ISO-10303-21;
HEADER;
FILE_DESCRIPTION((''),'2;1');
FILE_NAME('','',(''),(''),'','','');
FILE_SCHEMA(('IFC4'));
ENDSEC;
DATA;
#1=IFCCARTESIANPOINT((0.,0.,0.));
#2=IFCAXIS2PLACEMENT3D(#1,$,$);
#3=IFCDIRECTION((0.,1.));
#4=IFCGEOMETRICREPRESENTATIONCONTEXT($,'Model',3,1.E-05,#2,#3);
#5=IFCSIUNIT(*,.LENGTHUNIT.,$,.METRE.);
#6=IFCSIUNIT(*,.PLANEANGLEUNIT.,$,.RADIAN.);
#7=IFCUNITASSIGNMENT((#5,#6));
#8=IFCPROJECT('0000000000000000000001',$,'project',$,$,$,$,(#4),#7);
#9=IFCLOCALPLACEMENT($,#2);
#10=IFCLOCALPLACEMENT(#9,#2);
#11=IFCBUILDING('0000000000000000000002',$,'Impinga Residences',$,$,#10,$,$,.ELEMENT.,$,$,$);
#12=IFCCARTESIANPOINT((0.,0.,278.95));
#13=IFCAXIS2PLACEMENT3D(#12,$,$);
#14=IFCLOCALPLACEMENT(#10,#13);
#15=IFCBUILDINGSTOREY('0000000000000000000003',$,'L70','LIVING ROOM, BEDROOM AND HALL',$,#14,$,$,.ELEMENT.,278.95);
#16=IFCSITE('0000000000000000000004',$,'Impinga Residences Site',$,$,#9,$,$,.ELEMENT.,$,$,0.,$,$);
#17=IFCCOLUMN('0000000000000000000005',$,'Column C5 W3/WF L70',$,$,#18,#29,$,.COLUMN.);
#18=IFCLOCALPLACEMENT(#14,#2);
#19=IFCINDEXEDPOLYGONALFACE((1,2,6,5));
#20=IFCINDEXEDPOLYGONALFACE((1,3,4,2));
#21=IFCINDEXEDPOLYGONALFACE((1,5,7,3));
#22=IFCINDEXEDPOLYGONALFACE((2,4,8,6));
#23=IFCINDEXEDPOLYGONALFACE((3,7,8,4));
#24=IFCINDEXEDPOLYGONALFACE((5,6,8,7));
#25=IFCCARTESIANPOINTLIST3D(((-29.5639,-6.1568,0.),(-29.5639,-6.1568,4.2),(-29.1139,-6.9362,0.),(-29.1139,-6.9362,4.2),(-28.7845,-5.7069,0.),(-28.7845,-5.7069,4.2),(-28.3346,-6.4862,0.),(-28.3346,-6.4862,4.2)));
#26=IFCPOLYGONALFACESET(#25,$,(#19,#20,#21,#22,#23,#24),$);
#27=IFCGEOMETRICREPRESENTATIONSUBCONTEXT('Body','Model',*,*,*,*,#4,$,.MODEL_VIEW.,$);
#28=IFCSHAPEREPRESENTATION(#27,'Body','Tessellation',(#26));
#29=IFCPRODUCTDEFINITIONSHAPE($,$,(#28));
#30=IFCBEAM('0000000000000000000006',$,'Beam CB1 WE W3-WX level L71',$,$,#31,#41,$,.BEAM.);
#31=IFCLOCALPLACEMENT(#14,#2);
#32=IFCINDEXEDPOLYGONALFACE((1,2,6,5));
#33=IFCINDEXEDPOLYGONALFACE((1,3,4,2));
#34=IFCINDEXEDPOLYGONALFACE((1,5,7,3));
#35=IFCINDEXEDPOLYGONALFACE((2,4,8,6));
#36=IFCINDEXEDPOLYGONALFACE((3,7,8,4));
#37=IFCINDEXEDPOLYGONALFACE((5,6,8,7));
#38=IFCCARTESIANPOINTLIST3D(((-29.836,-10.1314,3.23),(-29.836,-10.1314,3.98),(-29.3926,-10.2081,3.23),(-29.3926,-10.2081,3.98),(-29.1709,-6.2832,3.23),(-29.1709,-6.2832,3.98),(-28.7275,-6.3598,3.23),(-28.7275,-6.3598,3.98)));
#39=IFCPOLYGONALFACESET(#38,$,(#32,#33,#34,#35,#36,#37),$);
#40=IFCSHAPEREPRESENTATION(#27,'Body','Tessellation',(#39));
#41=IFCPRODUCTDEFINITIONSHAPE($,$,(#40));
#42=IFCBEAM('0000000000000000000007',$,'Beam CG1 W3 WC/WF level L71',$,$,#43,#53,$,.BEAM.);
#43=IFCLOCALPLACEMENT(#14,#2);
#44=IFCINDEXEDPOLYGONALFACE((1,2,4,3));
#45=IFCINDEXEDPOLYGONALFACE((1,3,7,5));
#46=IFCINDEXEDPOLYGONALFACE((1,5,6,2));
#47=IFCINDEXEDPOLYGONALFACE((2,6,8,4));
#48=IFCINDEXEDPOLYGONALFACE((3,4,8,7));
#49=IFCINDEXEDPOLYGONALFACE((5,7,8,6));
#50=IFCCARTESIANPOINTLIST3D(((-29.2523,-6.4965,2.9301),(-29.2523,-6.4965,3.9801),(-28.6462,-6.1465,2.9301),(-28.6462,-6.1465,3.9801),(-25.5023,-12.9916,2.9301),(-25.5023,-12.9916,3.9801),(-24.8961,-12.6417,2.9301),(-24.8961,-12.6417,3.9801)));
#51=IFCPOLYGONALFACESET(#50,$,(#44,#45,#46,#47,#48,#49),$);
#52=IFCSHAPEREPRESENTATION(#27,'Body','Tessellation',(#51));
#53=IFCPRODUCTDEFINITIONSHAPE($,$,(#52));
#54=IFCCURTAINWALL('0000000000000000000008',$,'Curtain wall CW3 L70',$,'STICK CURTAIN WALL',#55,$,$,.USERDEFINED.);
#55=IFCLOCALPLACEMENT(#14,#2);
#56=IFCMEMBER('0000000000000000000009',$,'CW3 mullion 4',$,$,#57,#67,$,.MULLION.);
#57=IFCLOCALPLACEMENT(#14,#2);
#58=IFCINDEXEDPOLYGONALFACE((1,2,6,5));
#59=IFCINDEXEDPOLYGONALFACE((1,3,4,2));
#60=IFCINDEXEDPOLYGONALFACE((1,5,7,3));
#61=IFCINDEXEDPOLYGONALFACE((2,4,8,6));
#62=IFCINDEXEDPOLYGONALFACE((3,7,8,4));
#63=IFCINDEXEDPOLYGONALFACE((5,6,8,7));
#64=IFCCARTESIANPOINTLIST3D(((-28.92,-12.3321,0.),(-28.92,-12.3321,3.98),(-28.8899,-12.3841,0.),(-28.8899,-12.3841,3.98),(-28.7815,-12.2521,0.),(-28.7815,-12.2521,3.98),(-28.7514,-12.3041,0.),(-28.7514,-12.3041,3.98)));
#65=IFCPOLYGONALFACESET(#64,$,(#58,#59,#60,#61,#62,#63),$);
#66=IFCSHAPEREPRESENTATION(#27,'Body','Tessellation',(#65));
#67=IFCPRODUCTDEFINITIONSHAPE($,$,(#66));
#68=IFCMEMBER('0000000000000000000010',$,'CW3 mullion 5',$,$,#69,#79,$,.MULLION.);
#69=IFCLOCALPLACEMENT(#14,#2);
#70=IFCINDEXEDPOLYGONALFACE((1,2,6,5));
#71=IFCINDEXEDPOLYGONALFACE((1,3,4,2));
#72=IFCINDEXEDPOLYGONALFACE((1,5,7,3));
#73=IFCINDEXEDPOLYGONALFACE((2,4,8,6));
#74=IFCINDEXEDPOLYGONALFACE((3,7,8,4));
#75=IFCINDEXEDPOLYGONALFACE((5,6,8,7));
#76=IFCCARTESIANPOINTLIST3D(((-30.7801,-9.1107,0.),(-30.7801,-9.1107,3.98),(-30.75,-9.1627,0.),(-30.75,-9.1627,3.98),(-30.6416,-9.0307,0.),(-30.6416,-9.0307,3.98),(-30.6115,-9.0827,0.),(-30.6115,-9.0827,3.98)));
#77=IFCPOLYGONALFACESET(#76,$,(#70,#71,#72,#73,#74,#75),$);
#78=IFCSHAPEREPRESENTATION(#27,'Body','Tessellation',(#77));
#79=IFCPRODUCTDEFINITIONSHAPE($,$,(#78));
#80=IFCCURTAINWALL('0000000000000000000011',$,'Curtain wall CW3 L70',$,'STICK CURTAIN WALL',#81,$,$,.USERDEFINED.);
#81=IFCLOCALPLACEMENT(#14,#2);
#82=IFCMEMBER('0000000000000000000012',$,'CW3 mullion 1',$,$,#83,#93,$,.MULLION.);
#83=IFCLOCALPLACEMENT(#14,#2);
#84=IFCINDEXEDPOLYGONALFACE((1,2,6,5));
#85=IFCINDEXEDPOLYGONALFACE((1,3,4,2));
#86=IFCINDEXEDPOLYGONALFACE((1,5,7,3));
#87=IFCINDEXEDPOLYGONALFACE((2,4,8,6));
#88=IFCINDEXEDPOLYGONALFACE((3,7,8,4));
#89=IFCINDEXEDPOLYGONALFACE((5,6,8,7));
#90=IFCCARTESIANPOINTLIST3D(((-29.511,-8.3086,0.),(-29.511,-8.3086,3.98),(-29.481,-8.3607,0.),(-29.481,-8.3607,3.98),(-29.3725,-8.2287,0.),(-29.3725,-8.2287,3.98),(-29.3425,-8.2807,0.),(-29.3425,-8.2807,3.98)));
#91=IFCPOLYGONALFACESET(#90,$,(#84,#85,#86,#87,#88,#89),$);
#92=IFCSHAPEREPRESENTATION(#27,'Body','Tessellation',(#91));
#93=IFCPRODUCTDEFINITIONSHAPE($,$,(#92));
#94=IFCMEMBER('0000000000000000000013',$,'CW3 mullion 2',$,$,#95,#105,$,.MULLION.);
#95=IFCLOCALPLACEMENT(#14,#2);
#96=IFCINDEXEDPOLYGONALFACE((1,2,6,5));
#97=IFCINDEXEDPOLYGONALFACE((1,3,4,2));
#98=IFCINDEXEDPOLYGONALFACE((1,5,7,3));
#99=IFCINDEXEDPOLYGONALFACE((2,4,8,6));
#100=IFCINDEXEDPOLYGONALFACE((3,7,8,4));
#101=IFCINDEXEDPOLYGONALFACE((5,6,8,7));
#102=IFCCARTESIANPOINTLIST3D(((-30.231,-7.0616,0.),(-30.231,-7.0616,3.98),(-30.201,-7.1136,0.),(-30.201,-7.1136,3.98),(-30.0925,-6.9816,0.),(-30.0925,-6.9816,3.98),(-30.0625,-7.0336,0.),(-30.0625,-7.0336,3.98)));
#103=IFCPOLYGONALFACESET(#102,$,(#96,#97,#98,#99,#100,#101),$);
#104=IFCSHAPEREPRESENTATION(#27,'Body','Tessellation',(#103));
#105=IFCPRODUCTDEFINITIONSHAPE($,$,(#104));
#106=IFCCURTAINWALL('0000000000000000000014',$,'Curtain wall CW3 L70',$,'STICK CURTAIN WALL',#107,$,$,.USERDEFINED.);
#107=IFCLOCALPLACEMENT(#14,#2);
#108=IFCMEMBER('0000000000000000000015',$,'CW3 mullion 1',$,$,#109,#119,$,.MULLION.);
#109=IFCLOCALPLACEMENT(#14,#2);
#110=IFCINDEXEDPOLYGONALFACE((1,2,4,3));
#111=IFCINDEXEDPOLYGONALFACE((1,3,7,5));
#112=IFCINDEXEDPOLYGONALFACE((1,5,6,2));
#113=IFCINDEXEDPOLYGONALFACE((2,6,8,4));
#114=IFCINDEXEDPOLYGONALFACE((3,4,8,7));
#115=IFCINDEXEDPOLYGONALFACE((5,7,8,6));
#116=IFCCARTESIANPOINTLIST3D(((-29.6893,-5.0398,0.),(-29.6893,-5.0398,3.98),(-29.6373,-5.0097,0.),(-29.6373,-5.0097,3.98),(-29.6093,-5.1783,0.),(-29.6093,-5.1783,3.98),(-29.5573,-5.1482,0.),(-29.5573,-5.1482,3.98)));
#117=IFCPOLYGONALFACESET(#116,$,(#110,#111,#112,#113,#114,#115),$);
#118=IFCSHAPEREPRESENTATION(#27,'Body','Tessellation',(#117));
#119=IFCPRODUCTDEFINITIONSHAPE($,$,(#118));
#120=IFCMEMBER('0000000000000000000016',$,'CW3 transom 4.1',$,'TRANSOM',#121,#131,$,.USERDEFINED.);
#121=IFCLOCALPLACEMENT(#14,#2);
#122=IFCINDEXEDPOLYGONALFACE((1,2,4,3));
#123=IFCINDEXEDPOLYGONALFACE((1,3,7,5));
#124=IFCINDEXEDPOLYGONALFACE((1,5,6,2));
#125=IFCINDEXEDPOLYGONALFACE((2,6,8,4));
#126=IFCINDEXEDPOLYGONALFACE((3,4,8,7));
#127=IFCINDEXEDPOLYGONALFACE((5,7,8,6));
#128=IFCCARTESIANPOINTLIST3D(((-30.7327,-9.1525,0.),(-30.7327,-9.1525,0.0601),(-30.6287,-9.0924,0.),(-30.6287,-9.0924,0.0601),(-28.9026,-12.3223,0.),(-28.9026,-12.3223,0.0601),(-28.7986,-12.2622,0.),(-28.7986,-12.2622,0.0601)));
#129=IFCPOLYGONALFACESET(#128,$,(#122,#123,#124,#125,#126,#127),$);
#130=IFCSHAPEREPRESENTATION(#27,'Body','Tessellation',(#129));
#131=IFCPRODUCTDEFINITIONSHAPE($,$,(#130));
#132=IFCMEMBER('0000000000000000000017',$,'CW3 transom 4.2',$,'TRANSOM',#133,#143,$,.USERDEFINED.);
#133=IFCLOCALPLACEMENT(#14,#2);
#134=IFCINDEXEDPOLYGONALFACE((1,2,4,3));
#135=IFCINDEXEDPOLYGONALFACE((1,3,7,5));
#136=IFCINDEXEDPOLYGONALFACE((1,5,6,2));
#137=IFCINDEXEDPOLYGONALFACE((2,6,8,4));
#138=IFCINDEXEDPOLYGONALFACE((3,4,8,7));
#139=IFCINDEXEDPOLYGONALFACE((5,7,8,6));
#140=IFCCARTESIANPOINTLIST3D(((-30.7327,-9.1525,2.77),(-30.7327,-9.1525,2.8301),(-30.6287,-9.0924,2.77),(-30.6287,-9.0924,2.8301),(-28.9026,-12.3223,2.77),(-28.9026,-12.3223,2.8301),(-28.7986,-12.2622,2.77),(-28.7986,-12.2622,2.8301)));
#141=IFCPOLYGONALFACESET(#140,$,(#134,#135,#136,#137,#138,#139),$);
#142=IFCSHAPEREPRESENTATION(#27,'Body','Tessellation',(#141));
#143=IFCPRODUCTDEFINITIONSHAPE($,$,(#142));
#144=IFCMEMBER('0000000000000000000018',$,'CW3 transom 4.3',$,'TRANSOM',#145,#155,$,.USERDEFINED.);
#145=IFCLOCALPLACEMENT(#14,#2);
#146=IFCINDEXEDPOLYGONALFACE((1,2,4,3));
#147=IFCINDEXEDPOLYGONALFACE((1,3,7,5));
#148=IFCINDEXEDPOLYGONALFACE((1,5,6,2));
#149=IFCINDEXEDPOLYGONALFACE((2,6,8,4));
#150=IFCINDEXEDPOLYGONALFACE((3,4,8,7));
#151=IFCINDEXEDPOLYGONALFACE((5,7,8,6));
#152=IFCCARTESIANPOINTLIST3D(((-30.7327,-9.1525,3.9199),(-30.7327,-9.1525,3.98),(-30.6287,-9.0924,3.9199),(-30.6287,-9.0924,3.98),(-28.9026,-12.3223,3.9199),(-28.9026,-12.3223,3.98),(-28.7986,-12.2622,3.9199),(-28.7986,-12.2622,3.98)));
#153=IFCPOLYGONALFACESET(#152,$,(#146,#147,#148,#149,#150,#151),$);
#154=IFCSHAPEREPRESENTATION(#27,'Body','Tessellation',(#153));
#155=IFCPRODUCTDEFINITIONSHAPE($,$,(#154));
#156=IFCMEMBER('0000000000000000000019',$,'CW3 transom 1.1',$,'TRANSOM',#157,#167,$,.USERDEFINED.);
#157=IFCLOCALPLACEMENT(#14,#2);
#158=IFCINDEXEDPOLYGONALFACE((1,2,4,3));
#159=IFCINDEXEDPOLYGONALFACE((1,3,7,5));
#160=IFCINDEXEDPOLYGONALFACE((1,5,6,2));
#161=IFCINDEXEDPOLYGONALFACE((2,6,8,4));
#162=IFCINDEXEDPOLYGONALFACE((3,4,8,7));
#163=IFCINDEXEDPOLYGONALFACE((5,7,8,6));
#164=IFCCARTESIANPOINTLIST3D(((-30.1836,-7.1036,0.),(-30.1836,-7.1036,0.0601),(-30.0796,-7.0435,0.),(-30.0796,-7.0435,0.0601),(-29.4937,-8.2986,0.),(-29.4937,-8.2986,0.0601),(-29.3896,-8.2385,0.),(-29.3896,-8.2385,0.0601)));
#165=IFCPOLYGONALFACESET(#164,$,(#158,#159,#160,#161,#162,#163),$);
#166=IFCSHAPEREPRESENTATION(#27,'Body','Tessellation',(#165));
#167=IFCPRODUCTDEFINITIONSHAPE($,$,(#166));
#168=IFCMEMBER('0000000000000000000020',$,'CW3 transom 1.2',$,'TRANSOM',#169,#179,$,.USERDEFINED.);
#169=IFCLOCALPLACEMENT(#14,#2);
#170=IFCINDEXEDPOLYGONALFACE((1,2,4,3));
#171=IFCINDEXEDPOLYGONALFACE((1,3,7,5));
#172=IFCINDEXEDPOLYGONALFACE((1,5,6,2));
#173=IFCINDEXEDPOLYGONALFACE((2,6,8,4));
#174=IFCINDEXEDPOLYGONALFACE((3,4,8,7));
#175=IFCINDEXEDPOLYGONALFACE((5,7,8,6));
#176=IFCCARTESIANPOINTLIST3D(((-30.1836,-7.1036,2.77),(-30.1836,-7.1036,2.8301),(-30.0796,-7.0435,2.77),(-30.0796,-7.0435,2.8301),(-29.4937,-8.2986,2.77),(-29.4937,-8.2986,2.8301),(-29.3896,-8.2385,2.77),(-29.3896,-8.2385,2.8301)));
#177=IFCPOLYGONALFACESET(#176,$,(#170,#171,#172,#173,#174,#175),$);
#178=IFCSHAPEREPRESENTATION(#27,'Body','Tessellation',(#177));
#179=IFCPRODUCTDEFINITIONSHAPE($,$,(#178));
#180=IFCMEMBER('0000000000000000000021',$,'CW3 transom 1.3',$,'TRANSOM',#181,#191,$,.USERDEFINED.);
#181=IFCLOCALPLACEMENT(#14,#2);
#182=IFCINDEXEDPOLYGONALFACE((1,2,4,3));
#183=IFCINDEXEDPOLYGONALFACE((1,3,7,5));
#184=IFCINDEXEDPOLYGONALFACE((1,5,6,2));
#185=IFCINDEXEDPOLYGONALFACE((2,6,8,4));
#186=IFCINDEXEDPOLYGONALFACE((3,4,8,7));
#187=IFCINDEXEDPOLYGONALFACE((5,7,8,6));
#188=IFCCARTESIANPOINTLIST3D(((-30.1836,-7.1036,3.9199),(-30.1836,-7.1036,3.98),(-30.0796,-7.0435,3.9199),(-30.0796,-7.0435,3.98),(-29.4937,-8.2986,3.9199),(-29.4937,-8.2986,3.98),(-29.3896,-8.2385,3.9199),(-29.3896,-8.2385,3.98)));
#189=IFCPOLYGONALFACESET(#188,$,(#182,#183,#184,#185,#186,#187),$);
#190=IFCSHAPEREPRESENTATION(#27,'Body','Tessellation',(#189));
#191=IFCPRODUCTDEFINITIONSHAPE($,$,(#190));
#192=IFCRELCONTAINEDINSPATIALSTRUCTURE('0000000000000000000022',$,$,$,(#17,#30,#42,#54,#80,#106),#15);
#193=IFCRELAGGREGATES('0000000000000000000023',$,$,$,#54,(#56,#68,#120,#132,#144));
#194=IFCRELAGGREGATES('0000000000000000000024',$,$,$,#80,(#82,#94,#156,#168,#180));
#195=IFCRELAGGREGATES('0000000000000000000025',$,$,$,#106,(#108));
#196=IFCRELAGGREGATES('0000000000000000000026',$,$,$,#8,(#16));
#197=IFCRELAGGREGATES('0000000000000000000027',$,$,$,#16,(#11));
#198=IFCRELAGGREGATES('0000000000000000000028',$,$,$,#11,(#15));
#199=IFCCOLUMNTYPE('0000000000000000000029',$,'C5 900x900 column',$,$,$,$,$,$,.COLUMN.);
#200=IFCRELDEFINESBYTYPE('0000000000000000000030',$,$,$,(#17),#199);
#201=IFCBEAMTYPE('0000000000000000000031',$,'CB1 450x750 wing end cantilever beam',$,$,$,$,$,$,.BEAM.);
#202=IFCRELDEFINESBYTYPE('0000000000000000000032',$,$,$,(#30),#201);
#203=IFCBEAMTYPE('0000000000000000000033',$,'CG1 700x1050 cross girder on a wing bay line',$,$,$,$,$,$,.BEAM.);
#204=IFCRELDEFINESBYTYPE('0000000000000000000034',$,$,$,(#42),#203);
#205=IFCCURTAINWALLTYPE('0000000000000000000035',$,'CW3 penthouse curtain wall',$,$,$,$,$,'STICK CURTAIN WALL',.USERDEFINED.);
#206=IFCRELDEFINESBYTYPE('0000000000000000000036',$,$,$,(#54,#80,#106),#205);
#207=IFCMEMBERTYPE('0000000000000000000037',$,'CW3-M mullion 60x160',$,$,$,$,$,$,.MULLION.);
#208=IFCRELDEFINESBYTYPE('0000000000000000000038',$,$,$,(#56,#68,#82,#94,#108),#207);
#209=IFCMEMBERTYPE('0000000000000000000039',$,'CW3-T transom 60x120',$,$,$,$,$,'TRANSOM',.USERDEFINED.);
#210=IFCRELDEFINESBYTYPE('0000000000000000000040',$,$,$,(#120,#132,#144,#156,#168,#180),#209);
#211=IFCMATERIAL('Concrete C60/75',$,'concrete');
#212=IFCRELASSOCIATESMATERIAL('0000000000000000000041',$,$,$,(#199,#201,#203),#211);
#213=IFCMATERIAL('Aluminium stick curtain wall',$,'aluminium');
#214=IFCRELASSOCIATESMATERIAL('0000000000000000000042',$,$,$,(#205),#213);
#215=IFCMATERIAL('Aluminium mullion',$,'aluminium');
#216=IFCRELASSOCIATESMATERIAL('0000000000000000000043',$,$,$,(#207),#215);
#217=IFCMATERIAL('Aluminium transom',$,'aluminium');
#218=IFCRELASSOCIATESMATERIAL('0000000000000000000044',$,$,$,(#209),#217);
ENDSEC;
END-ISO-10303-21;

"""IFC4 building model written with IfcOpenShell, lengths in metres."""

from ifc_helpers import new_model, si_unit, direction, frame, origin, origin_2d, place, context, subcontext, project, spatial, rectangle, extrude, material, material_profile, profile_set, type_object, element, aggregate, save


model = new_model("IFC4")

# Units and contexts
model_context = context("Model", 3, precision=1e-05, world=origin(), true_north=direction((0.0, 1.0)))
body_context = subcontext(model_context, "Body", "Model", "MODEL_VIEW")
ifc_project = project(units=[si_unit("LENGTHUNIT", "METRE"), si_unit("PLANEANGLEUNIT", "RADIAN")], contexts=[model_context])

# Site, building, storey
site_placement = place(None, origin())
site = spatial("IfcSite", under=ifc_project, at=site_placement, Name="Impinga Residences Site", CompositionType="ELEMENT", RefElevation=0.0)
building_placement = place(site_placement, origin())
building = spatial("IfcBuilding", under=site, at=building_placement, Name="Impinga Residences", CompositionType="ELEMENT")
storey_placement = place(building_placement, frame((0.0, 0.0, 278.95)))
storey = spatial("IfcBuildingStorey", under=building, at=storey_placement, Name="L70", Description="LIVING ROOM, BEDROOM AND HALL", CompositionType="ELEMENT", Elevation=278.95)

# Column
ifc_material_1 = material(Name="Concrete C60/75", Category="concrete")
ifc_material_profile_1 = material_profile(ifc_material_1, rectangle(XDim=0.8999, YDim=0.8999, at=origin_2d()), Name="RC 900x900")
ifc_profile_set_1 = profile_set([ifc_material_profile_1], Name="Concrete C60/75")
column_type = type_object("IfcColumnType", Name="C5 900x900 column", PredefinedType="COLUMN", material=ifc_profile_set_1)
column_placement = place(storey_placement, frame((-28.9492, -6.3215, 0.0), z_axis=(0.0, 0.0, 1.0), x_axis=(-0.5, 0.866025, 0.0)))
element("IfcColumn", 1, at=column_placement, inside=storey, type_object=column_type, Name="Column C5 W3/WF L70", PredefinedType="COLUMN", context=body_context, shape_type="SweptSolid", body=[
    extrude(rectangle(XDim=0.8999, YDim=0.8999, at=origin_2d()), origin(), (0.0, 0.0, 1.0), 4.2),
])

# Beams
ifc_material_profile_2 = material_profile(ifc_material_1, rectangle(XDim=0.45, YDim=0.75, at=origin_2d()), Name="RC 450x750")
ifc_profile_set_2 = profile_set([ifc_material_profile_2], Name="Concrete C60/75")
beam_type_1 = type_object("IfcBeamType", Name="CB1 450x750 wing end cantilever beam", PredefinedType="BEAM", material=ifc_profile_set_2)
beam_1_placement = place(storey_placement, frame((-28.9492, -6.3215, 3.605), z_axis=(-0.170296, -0.985393, 0.0), x_axis=(0.985393, -0.170296, 0.0)))
element("IfcBeam", 2, at=beam_1_placement, inside=storey, type_object=beam_type_1, Name="Beam CB1 WE W3-WX level L71", PredefinedType="BEAM", context=body_context, shape_type="SweptSolid", body=[
    extrude(rectangle(XDim=0.45, YDim=0.75, at=origin_2d()), origin(), (0.0, 0.0, 1.0), 3.9053),
])
ifc_material_profile_3 = material_profile(ifc_material_1, rectangle(XDim=0.7, YDim=1.05, at=origin_2d()), Name="RC 700x1050")
ifc_profile_set_3 = profile_set([ifc_material_profile_3], Name="Concrete C60/75")
beam_type_2 = type_object("IfcBeamType", Name="CG1 700x1050 cross girder on a wing bay line", PredefinedType="BEAM", material=ifc_profile_set_3)
beam_2_placement = place(storey_placement, frame((-25.1992, -12.8167, 3.4551), z_axis=(-0.500004, 0.866023, 0.0), x_axis=(-0.866023, -0.500004, 0.0)))
element("IfcBeam", 3, at=beam_2_placement, inside=storey, type_object=beam_type_2, Name="Beam CG1 W3 WC/WF level L71", PredefinedType="BEAM", context=body_context, shape_type="SweptSolid", body=[
    extrude(rectangle(XDim=0.7, YDim=1.05, at=origin_2d()), origin(), (0.0, 0.0, 1.0), 7.5),
])

# Curtain walls, members
ifc_material_2 = material(Name="Aluminium stick curtain wall", Category="aluminium")
curtain_wall_type = type_object("IfcCurtainWallType", Name="CW3 penthouse curtain wall", ElementType="STICK CURTAIN WALL", PredefinedType="USERDEFINED", material=ifc_material_2)
curtain_wall_1_placement = place(storey_placement, origin())
curtain_wall_1 = element("IfcCurtainWall", 4, at=curtain_wall_1_placement, inside=storey, type_object=curtain_wall_type, Name="Curtain wall CW3 L70", ObjectType="STICK CURTAIN WALL", PredefinedType="USERDEFINED")
ifc_material_3 = material(Name="Aluminium mullion", Category="aluminium")
ifc_material_profile_4 = material_profile(ifc_material_3, rectangle(XDim=0.0601, YDim=0.1599, at=origin_2d()), Name="60x160 mullion")
ifc_profile_set_4 = profile_set([ifc_material_profile_4], Name="Aluminium mullion")
member_type_1 = type_object("IfcMemberType", Name="CW3-M mullion 60x160", PredefinedType="MULLION", material=ifc_profile_set_4)
member_1_placement = place(storey_placement, frame((-28.8357, -12.3181, 0.0), z_axis=(0.0, 0.0, 1.0), x_axis=(-0.5, 0.866025, 0.0)))
member_1 = element("IfcMember", 5, at=member_1_placement, type_object=member_type_1, Name="CW3 mullion 4", PredefinedType="MULLION", context=body_context, shape_type="SweptSolid", body=[
    extrude(rectangle(XDim=0.0601, YDim=0.1599, at=origin_2d()), origin(), (0.0, 0.0, 1.0), 3.98),
])
member_2_placement = place(storey_placement, frame((-30.6958, -9.0967, 0.0), z_axis=(0.0, 0.0, 1.0), x_axis=(-0.5, 0.866025, 0.0)))
member_2 = element("IfcMember", 6, at=member_2_placement, type_object=member_type_1, Name="CW3 mullion 5", PredefinedType="MULLION", context=body_context, shape_type="SweptSolid", body=[
    extrude(rectangle(XDim=0.0601, YDim=0.1599, at=origin_2d()), origin(), (0.0, 0.0, 1.0), 3.98),
])
curtain_wall_2_placement = place(storey_placement, origin())
curtain_wall_2 = element("IfcCurtainWall", 7, at=curtain_wall_2_placement, inside=storey, type_object=curtain_wall_type, Name="Curtain wall CW3 L70", ObjectType="STICK CURTAIN WALL", PredefinedType="USERDEFINED")
member_3_placement = place(storey_placement, frame((-29.4268, -8.2947, 0.0), z_axis=(0.0, 0.0, 1.0), x_axis=(-0.5, 0.866025, 0.0)))
member_3 = element("IfcMember", 8, at=member_3_placement, type_object=member_type_1, Name="CW3 mullion 1", PredefinedType="MULLION", context=body_context, shape_type="SweptSolid", body=[
    extrude(rectangle(XDim=0.0601, YDim=0.1599, at=origin_2d()), origin(), (0.0, 0.0, 1.0), 3.98),
])
member_4_placement = place(storey_placement, frame((-30.1467, -7.0476, 0.0), z_axis=(0.0, 0.0, 1.0), x_axis=(-0.5, 0.866025, 0.0)))
member_4 = element("IfcMember", 9, at=member_4_placement, type_object=member_type_1, Name="CW3 mullion 2", PredefinedType="MULLION", context=body_context, shape_type="SweptSolid", body=[
    extrude(rectangle(XDim=0.0601, YDim=0.1599, at=origin_2d()), origin(), (0.0, 0.0, 1.0), 3.98),
])

# Curtain wall, member
curtain_wall_3_placement = place(storey_placement, origin())
curtain_wall_3 = element("IfcCurtainWall", 10, at=curtain_wall_3_placement, inside=storey, type_object=curtain_wall_type, Name="Curtain wall CW3 L70", ObjectType="STICK CURTAIN WALL", PredefinedType="USERDEFINED")
member_5_placement = place(storey_placement, frame((-29.6233, -5.094, 0.0), z_axis=(0.0, 0.0, 1.0), x_axis=(0.866025, 0.5, 0.0)))
member_5 = element("IfcMember", 11, at=member_5_placement, type_object=member_type_1, Name="CW3 mullion 1", PredefinedType="MULLION", context=body_context, shape_type="SweptSolid", body=[
    extrude(rectangle(XDim=0.0601, YDim=0.1599, at=origin_2d()), origin(), (0.0, 0.0, 1.0), 3.98),
])

# Members
ifc_material_4 = material(Name="Aluminium transom", Category="aluminium")
ifc_material_profile_5 = material_profile(ifc_material_4, rectangle(XDim=0.0601, YDim=0.1201, at=origin_2d()), Name="60x120 transom")
ifc_profile_set_5 = profile_set([ifc_material_profile_5], Name="Aluminium transom")
member_type_2 = type_object("IfcMemberType", Name="CW3-T transom 60x120", ElementType="TRANSOM", PredefinedType="USERDEFINED", material=ifc_profile_set_5)
member_6_placement = place(storey_placement, frame((-28.8506, -12.2922, 0.03), z_axis=(-0.500013, 0.866018, 0.0), x_axis=(0.0, 0.0, 1.0)))
member_6 = element("IfcMember", 12, at=member_6_placement, type_object=member_type_2, Name="CW3 transom 4.1", ObjectType="TRANSOM", PredefinedType="USERDEFINED", context=body_context, shape_type="SweptSolid", body=[
    extrude(rectangle(XDim=0.0601, YDim=0.1201, at=origin_2d()), origin(), (0.0, 0.0, 1.0), 3.6602),
])
member_7_placement = place(storey_placement, frame((-28.8506, -12.2922, 2.8), z_axis=(-0.500013, 0.866018, 0.0), x_axis=(0.0, 0.0, 1.0)))
member_7 = element("IfcMember", 13, at=member_7_placement, type_object=member_type_2, Name="CW3 transom 4.2", ObjectType="TRANSOM", PredefinedType="USERDEFINED", context=body_context, shape_type="SweptSolid", body=[
    extrude(rectangle(XDim=0.0601, YDim=0.1201, at=origin_2d()), origin(), (0.0, 0.0, 1.0), 3.6602),
])
member_8_placement = place(storey_placement, frame((-28.8506, -12.2922, 3.95), z_axis=(-0.500013, 0.866018, 0.0), x_axis=(0.0, 0.0, 1.0)))
member_8 = element("IfcMember", 14, at=member_8_placement, type_object=member_type_2, Name="CW3 transom 4.3", ObjectType="TRANSOM", PredefinedType="USERDEFINED", context=body_context, shape_type="SweptSolid", body=[
    extrude(rectangle(XDim=0.0601, YDim=0.1201, at=origin_2d()), origin(), (0.0, 0.0, 1.0), 3.6602),
])
member_9_placement = place(storey_placement, frame((-29.4417, -8.2686, 0.03), z_axis=(-0.499983, 0.866035, 0.0), x_axis=(0.0, 0.0, 1.0)))
member_9 = element("IfcMember", 15, at=member_9_placement, type_object=member_type_2, Name="CW3 transom 1.1", ObjectType="TRANSOM", PredefinedType="USERDEFINED", context=body_context, shape_type="SweptSolid", body=[
    extrude(rectangle(XDim=0.0601, YDim=0.1201, at=origin_2d()), origin(), (0.0, 0.0, 1.0), 1.3799),
])
member_10_placement = place(storey_placement, frame((-29.4417, -8.2686, 2.8), z_axis=(-0.499983, 0.866035, 0.0), x_axis=(0.0, 0.0, 1.0)))
member_10 = element("IfcMember", 16, at=member_10_placement, type_object=member_type_2, Name="CW3 transom 1.2", ObjectType="TRANSOM", PredefinedType="USERDEFINED", context=body_context, shape_type="SweptSolid", body=[
    extrude(rectangle(XDim=0.0601, YDim=0.1201, at=origin_2d()), origin(), (0.0, 0.0, 1.0), 1.3799),
])
member_11_placement = place(storey_placement, frame((-29.4417, -8.2686, 3.95), z_axis=(-0.499983, 0.866035, 0.0), x_axis=(0.0, 0.0, 1.0)))
member_11 = element("IfcMember", 17, at=member_11_placement, type_object=member_type_2, Name="CW3 transom 1.3", ObjectType="TRANSOM", PredefinedType="USERDEFINED", context=body_context, shape_type="SweptSolid", body=[
    extrude(rectangle(XDim=0.0601, YDim=0.1201, at=origin_2d()), origin(), (0.0, 0.0, 1.0), 1.3799),
])

aggregate(curtain_wall_1, [member_1, member_2, member_6, member_7, member_8])
aggregate(curtain_wall_2, [member_3, member_4, member_9, member_10, member_11])
aggregate(curtain_wall_3, [member_5])

save(model, "model.ifc")
